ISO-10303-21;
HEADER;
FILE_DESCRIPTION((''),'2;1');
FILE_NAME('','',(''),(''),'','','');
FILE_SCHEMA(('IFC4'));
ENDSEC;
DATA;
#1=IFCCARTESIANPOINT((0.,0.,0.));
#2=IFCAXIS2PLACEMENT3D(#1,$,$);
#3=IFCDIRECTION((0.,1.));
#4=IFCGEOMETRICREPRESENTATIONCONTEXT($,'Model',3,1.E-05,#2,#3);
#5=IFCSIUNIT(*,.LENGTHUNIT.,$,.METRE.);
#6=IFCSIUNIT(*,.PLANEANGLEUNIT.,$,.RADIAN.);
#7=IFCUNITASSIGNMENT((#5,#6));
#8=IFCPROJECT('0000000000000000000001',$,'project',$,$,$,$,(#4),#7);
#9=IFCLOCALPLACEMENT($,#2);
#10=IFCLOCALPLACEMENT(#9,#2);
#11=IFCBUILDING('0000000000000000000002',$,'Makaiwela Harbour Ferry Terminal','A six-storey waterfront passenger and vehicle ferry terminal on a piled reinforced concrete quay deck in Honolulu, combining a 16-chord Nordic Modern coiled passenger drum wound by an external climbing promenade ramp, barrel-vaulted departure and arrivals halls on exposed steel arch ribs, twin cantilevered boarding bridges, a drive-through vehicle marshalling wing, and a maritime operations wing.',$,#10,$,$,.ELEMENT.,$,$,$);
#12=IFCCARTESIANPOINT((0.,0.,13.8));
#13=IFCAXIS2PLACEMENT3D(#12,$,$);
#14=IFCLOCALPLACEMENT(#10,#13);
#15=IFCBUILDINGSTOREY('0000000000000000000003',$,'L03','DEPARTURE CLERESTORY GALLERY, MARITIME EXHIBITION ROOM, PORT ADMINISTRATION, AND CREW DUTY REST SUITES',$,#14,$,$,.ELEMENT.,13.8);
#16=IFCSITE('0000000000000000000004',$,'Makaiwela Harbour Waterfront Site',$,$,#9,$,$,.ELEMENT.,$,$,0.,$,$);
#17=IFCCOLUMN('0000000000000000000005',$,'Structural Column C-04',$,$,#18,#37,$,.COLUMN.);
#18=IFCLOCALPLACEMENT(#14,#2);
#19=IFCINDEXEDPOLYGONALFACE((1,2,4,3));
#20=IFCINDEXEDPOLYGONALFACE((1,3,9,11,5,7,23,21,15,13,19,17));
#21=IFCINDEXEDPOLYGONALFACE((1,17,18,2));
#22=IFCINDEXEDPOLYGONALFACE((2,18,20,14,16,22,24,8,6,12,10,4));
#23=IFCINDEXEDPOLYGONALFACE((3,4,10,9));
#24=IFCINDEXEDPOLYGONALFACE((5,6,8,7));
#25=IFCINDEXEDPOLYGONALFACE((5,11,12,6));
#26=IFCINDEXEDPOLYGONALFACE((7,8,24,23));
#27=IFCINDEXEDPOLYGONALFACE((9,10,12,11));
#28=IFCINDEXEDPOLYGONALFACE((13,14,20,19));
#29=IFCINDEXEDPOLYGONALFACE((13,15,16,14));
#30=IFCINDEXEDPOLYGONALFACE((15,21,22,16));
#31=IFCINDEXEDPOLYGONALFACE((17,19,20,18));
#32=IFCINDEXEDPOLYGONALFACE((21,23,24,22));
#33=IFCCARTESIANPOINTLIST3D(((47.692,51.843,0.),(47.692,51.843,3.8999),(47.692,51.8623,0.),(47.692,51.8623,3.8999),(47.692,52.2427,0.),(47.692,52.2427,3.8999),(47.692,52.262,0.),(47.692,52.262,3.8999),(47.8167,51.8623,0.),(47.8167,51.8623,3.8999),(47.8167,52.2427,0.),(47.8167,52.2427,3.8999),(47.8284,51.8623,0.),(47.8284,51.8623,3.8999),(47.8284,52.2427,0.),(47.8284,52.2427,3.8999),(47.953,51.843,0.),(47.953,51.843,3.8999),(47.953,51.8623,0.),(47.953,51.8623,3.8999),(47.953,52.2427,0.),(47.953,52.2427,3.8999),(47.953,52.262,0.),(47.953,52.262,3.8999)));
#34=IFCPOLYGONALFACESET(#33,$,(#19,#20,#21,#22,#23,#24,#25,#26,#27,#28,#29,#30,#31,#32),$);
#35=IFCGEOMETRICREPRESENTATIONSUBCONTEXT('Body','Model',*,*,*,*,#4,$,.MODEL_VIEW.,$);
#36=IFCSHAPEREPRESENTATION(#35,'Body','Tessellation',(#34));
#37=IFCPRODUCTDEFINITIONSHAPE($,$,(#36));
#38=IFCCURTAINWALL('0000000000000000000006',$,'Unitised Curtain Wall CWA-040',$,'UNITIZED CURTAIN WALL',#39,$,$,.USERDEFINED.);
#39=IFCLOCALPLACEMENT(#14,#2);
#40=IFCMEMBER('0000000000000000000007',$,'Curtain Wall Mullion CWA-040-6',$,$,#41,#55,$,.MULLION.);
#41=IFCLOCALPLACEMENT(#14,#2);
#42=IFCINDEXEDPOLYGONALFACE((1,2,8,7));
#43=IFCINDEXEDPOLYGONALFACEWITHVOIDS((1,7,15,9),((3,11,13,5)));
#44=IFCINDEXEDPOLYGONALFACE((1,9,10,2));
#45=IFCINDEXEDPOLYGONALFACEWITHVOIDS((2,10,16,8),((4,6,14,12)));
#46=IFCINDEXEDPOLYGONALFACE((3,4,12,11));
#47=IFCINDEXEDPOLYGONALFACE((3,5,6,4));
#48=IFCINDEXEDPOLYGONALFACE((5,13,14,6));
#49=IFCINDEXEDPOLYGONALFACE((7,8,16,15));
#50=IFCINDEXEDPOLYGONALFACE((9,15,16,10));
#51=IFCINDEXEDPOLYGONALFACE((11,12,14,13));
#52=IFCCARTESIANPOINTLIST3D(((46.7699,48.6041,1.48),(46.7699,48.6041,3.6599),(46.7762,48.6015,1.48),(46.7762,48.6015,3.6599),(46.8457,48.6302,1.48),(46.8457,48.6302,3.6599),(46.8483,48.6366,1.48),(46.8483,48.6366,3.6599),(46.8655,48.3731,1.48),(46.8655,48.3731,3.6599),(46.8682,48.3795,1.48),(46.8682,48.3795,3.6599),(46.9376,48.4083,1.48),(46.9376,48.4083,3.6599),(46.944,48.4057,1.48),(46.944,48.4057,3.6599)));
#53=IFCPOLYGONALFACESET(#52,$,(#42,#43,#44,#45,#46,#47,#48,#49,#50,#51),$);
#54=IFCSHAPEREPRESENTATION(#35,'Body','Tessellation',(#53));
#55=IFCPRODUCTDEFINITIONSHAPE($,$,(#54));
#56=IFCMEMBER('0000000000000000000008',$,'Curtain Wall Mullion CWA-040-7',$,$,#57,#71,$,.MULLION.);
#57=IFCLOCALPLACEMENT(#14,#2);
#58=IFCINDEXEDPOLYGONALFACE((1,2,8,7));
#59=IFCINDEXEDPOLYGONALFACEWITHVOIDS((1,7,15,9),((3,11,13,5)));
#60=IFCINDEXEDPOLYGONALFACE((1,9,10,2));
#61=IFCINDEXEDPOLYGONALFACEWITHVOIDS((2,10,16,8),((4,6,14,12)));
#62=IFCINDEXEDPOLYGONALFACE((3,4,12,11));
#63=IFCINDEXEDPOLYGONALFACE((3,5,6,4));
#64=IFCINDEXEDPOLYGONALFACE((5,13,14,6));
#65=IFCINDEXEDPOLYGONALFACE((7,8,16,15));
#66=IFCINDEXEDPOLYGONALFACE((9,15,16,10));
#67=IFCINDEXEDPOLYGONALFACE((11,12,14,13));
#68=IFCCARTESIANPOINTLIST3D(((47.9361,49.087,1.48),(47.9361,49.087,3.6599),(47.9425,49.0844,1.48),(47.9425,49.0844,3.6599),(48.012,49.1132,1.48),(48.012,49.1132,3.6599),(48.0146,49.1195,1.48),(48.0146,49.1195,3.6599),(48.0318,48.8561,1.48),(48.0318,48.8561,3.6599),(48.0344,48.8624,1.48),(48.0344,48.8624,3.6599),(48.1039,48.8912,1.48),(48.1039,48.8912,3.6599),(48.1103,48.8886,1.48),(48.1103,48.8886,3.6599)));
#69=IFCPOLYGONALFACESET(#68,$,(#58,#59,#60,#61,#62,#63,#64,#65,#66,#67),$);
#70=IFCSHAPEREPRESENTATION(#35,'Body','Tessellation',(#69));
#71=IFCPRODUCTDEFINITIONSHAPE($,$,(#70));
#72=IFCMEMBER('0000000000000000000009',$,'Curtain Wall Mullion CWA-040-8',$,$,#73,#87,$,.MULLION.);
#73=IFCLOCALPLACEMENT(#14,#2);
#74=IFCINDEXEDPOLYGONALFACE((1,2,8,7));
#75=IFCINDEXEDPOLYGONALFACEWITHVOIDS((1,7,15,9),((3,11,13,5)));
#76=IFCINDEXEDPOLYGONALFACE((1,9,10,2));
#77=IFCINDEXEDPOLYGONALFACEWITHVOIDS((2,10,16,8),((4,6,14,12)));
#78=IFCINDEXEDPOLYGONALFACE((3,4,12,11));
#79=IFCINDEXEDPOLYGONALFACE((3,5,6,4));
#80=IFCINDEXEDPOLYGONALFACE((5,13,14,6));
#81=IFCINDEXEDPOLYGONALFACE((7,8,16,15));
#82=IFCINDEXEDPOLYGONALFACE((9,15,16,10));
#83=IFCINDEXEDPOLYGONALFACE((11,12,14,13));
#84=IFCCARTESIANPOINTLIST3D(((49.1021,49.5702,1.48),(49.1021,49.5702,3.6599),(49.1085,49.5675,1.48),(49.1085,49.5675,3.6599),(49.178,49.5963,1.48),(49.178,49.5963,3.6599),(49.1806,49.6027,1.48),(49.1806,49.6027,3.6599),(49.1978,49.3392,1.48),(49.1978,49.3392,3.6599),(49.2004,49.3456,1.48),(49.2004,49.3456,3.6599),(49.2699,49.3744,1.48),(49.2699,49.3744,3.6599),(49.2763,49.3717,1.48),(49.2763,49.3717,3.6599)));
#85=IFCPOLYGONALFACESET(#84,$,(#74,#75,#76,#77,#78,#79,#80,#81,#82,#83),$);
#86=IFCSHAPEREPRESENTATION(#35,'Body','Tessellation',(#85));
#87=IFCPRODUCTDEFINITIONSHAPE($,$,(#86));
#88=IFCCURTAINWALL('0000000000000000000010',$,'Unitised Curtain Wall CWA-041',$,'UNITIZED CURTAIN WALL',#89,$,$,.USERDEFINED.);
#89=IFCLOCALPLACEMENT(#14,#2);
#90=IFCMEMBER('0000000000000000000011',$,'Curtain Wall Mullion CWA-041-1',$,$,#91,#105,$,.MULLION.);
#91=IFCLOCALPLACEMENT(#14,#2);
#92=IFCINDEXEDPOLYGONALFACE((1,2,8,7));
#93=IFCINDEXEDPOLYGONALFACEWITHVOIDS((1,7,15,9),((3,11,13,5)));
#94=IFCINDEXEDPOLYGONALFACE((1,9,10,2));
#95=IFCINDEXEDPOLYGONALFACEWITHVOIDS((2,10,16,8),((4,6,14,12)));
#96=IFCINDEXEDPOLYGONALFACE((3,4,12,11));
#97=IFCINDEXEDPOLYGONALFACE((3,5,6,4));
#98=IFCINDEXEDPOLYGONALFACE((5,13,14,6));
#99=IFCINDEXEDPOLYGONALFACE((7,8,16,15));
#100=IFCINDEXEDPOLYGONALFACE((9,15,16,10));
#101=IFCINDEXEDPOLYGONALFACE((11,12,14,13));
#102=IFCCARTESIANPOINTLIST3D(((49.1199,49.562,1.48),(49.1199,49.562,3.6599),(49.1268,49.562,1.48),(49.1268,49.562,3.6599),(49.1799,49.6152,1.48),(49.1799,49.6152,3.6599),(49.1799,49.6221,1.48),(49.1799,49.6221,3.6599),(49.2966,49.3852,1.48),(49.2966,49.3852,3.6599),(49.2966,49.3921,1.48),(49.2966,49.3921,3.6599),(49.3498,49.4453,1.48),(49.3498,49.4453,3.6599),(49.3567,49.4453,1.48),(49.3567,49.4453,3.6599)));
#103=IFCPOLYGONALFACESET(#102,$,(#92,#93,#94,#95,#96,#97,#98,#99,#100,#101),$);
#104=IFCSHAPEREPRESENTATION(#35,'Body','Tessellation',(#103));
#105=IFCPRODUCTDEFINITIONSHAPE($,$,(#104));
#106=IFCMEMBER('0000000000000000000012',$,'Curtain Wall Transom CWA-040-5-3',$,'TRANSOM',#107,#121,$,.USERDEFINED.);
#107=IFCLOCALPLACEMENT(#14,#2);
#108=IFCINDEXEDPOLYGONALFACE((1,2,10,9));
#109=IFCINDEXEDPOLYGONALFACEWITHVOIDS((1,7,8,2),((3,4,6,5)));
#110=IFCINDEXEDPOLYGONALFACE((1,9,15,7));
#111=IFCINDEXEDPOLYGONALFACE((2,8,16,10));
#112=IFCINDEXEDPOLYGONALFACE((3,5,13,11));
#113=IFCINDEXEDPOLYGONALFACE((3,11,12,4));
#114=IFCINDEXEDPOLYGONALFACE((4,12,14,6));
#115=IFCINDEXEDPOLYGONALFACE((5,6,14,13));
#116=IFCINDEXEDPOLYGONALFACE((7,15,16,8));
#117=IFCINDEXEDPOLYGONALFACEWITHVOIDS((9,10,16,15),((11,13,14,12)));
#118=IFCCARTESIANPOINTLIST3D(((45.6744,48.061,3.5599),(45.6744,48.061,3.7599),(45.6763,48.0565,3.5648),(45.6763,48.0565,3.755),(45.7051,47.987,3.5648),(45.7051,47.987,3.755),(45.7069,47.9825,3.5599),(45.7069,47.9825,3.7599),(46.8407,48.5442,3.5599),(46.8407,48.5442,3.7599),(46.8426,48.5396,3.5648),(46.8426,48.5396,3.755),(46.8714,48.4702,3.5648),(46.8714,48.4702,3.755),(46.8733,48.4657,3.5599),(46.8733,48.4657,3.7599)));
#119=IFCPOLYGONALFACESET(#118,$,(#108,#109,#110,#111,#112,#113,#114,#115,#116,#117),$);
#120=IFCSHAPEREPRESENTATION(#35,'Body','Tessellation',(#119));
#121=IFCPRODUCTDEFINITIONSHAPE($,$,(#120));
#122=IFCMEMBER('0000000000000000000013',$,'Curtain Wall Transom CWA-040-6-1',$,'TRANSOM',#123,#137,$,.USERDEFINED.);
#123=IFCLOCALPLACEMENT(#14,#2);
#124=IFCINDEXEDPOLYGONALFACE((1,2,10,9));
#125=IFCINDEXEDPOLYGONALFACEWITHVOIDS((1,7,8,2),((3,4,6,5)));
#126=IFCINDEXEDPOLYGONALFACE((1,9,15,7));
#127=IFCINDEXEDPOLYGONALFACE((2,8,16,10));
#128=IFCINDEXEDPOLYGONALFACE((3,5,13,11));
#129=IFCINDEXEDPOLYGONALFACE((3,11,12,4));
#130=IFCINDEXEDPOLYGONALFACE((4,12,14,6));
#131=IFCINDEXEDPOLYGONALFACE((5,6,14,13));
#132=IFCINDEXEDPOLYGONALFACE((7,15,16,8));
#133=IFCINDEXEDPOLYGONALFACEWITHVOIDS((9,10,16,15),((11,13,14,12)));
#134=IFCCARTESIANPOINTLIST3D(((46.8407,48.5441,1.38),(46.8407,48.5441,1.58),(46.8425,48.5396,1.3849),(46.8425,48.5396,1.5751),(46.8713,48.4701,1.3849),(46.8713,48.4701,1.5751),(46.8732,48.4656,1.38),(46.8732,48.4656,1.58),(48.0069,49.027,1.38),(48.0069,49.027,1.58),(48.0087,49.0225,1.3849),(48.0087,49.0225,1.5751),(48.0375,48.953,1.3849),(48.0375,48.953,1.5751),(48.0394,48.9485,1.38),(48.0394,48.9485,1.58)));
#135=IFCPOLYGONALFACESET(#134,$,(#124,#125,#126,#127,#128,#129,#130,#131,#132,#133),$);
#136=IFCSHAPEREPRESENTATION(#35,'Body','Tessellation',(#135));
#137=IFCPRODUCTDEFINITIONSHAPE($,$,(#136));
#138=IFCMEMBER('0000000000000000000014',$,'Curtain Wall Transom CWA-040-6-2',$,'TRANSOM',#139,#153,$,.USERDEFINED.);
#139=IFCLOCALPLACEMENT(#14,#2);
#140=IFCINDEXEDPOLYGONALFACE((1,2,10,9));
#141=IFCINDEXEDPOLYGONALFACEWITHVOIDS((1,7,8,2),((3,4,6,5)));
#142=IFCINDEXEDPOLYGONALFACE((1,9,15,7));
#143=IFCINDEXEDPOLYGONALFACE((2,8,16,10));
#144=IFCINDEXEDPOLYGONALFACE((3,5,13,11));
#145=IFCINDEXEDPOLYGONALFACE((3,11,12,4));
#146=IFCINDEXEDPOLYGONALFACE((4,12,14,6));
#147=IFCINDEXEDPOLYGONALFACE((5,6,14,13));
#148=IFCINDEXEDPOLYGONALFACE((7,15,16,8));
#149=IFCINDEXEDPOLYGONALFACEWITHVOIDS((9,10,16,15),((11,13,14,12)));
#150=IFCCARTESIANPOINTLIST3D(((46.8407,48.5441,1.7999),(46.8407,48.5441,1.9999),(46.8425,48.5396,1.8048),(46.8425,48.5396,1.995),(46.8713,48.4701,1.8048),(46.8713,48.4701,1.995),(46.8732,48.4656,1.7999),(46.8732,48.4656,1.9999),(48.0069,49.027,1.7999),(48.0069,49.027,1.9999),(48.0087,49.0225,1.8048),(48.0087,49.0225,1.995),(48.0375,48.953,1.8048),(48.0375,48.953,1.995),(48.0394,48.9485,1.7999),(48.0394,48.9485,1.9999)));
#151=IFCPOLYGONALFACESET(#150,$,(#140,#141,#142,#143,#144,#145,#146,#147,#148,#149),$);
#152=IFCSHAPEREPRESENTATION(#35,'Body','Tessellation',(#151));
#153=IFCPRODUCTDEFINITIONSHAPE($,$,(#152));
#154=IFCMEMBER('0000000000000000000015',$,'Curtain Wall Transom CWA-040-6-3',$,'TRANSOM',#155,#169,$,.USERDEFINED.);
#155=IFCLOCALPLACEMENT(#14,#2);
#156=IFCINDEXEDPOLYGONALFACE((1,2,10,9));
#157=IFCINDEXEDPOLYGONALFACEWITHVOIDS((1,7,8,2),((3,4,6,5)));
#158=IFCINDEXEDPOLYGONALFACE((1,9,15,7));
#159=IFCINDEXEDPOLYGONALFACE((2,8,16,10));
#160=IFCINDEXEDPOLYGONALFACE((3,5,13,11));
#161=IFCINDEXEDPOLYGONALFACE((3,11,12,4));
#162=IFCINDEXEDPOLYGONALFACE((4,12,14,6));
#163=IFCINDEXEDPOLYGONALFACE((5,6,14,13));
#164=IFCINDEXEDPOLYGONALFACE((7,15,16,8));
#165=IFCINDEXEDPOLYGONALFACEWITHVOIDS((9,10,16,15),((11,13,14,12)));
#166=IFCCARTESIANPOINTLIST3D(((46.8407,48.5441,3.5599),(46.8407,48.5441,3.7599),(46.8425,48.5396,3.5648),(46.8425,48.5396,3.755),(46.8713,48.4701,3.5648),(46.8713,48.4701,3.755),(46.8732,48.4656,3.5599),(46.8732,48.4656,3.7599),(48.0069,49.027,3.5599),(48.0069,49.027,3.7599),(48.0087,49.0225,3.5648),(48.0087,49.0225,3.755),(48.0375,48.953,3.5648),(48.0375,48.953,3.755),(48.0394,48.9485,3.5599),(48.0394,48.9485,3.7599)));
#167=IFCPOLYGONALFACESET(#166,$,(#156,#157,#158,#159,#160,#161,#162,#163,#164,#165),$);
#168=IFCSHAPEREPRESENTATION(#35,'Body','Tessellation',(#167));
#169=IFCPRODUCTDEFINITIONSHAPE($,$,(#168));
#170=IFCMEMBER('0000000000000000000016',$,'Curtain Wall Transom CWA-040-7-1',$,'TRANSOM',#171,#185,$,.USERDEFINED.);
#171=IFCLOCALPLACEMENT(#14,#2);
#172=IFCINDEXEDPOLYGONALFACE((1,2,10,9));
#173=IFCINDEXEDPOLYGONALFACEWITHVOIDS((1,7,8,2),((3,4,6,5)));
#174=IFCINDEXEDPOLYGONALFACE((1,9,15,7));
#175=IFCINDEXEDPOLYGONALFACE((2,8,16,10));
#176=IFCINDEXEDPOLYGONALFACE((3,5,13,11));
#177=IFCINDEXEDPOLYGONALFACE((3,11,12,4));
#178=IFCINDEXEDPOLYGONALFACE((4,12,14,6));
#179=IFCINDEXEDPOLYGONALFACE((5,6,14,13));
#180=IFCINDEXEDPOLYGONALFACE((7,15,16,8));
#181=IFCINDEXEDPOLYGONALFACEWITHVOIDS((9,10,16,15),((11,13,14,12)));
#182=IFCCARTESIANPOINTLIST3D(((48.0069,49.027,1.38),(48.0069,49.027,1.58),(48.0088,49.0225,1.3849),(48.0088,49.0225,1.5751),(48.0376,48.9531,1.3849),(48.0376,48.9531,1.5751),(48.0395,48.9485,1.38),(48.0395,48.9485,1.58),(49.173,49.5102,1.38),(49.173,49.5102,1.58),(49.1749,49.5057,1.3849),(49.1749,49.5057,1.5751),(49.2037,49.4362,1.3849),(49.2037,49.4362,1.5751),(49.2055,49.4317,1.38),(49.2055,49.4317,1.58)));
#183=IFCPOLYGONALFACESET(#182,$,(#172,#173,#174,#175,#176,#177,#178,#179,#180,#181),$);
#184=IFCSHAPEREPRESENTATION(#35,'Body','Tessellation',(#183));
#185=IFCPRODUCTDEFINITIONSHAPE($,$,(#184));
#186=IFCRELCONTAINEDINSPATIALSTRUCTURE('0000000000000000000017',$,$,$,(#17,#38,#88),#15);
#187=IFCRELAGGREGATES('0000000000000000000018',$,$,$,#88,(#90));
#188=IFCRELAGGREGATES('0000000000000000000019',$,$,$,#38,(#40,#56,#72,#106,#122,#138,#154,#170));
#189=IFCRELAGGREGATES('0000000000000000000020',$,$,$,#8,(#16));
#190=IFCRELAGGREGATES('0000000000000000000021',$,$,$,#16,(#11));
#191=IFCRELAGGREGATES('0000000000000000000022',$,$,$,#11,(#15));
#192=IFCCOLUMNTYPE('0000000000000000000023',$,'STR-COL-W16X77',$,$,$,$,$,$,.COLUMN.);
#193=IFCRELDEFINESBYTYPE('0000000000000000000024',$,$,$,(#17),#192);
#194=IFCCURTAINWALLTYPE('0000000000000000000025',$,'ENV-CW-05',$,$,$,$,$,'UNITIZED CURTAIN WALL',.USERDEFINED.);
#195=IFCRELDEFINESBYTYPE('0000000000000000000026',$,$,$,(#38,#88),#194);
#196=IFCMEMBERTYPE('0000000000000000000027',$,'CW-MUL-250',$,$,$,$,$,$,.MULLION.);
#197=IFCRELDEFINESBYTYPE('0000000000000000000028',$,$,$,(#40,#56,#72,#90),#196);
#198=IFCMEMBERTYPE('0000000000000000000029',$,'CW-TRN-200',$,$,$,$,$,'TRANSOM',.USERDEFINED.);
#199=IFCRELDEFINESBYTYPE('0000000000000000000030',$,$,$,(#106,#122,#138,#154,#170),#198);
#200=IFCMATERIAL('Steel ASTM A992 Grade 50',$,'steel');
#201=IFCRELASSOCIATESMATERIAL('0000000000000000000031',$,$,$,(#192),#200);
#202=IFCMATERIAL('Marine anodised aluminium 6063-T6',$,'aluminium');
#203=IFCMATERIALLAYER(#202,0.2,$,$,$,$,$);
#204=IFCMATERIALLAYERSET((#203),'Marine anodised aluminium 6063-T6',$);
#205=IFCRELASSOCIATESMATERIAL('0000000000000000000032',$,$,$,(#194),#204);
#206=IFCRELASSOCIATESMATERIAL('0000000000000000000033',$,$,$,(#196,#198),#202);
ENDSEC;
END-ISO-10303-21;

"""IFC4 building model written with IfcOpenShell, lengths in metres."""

from ifc_helpers import new_model, si_unit, direction, frame, origin, origin_2d, place, context, subcontext, project, spatial, hollow_rectangle, i_section, extrude, material, layer, layer_set, material_profile, profile_set, type_object, element, aggregate, save


model = new_model("IFC4")

# Units and contexts
model_context = context("Model", 3, precision=1e-05, world=origin(), true_north=direction((0.0, 1.0)))
body_context = subcontext(model_context, "Body", "Model", "MODEL_VIEW")
ifc_project = project(units=[si_unit("LENGTHUNIT", "METRE"), si_unit("PLANEANGLEUNIT", "RADIAN")], contexts=[model_context])

# Site, building, storey
site_placement = place(None, origin())
site = spatial("IfcSite", under=ifc_project, at=site_placement, Name="Makaiwela Harbour Waterfront Site", CompositionType="ELEMENT", RefElevation=0.0)
building_placement = place(site_placement, origin())
building = spatial("IfcBuilding", under=site, at=building_placement, Name="Makaiwela Harbour Ferry Terminal", Description="A six-storey waterfront passenger and vehicle ferry terminal on a piled reinforced concrete quay deck in Honolulu, combining a 16-chord Nordic Modern coiled passenger drum wound by an external climbing promenade ramp, barrel-vaulted departure and arrivals halls on exposed steel arch ribs, twin cantilevered boarding bridges, a drive-through vehicle marshalling wing, and a maritime operations wing.", CompositionType="ELEMENT")
storey_placement = place(building_placement, frame((0.0, 0.0, 13.8)))
storey = spatial("IfcBuildingStorey", under=building, at=storey_placement, Name="L03", Description="DEPARTURE CLERESTORY GALLERY, MARITIME EXHIBITION ROOM, PORT ADMINISTRATION, AND CREW DUTY REST SUITES", CompositionType="ELEMENT", Elevation=13.8)

# Column
ifc_material_1 = material(Name="Steel ASTM A992 Grade 50", Category="steel")
ifc_material_profile_1 = material_profile(ifc_material_1, i_section(OverallWidth=0.261, OverallDepth=0.4189, WebThickness=0.0117, FlangeThickness=0.0193, at=origin_2d()), Name="W16X77")
ifc_profile_set_1 = profile_set([ifc_material_profile_1], Name="Steel ASTM A992 Grade 50")
column_type = type_object("IfcColumnType", Name="STR-COL-W16X77", PredefinedType="COLUMN", material=ifc_profile_set_1)
column_placement = place(storey_placement, frame((47.8225, 52.0525, 0.0), z_axis=(0.0, 0.0, 1.0), x_axis=(1.0, 0.0, 0.0)))
element("IfcColumn", 1, at=column_placement, inside=storey, type_object=column_type, Name="Structural Column C-04", PredefinedType="COLUMN", context=body_context, shape_type="SweptSolid", body=[
    extrude(i_section(OverallWidth=0.261, OverallDepth=0.4189, WebThickness=0.0117, FlangeThickness=0.0193, at=origin_2d()), origin(), (0.0, 0.0, 1.0), 3.8999),
])

# Curtain wall, members
ifc_material_2 = material(Name="Marine anodised aluminium 6063-T6", Category="aluminium")
ifc_layer_1 = layer(ifc_material_2, 0.2)
ifc_layer_set_1 = layer_set([ifc_layer_1], Name="Marine anodised aluminium 6063-T6")
curtain_wall_type = type_object("IfcCurtainWallType", Name="ENV-CW-05", ElementType="UNITIZED CURTAIN WALL", PredefinedType="USERDEFINED", material=ifc_layer_set_1)
curtain_wall_1_placement = place(storey_placement, origin())
curtain_wall_1 = element("IfcCurtainWall", 2, at=curtain_wall_1_placement, inside=storey, type_object=curtain_wall_type, Name="Unitised Curtain Wall CWA-040", ObjectType="UNITIZED CURTAIN WALL", PredefinedType="USERDEFINED")
ifc_material_profile_2 = material_profile(ifc_material_2, hollow_rectangle(XDim=0.085, YDim=0.25, WallThickness=0.0049, at=origin_2d()), Name="CWM-250X85")
ifc_profile_set_2 = profile_set([ifc_material_profile_2], Name="Marine anodised aluminium 6063-T6")
member_type_1 = type_object("IfcMemberType", Name="CW-MUL-250", PredefinedType="MULLION", material=ifc_profile_set_2)
member_1_placement = place(storey_placement, frame((46.8569, 48.5049, 1.48), z_axis=(0.0, 0.0, 1.0), x_axis=(0.92388, 0.382683, 0.0)))
member_1 = element("IfcMember", 3, at=member_1_placement, type_object=member_type_1, Name="Curtain Wall Mullion CWA-040-6", PredefinedType="MULLION", context=body_context, shape_type="SweptSolid", body=[
    extrude(hollow_rectangle(XDim=0.085, YDim=0.25, WallThickness=0.0049, at=origin_2d()), origin(), (0.0, 0.0, 1.0), 2.1799),
])
member_2_placement = place(storey_placement, frame((48.0232, 48.9878, 1.48), z_axis=(0.0, 0.0, 1.0), x_axis=(0.92388, 0.382683, 0.0)))
member_2 = element("IfcMember", 4, at=member_2_placement, type_object=member_type_1, Name="Curtain Wall Mullion CWA-040-7", PredefinedType="MULLION", context=body_context, shape_type="SweptSolid", body=[
    extrude(hollow_rectangle(XDim=0.085, YDim=0.25, WallThickness=0.0049, at=origin_2d()), origin(), (0.0, 0.0, 1.0), 2.1799),
])
member_3_placement = place(storey_placement, frame((49.1892, 49.4709, 1.48), z_axis=(0.0, 0.0, 1.0), x_axis=(0.92388, 0.382683, 0.0)))
member_3 = element("IfcMember", 5, at=member_3_placement, type_object=member_type_1, Name="Curtain Wall Mullion CWA-040-8", PredefinedType="MULLION", context=body_context, shape_type="SweptSolid", body=[
    extrude(hollow_rectangle(XDim=0.085, YDim=0.25, WallThickness=0.0049, at=origin_2d()), origin(), (0.0, 0.0, 1.0), 2.1799),
])

# Curtain wall, member
curtain_wall_2_placement = place(storey_placement, origin())
curtain_wall_2 = element("IfcCurtainWall", 6, at=curtain_wall_2_placement, inside=storey, type_object=curtain_wall_type, Name="Unitised Curtain Wall CWA-041", ObjectType="UNITIZED CURTAIN WALL", PredefinedType="USERDEFINED")
member_4_placement = place(storey_placement, frame((49.2383, 49.5037, 1.48), z_axis=(0.0, 0.0, 1.0), x_axis=(0.707107, 0.707107, 0.0)))
member_4 = element("IfcMember", 7, at=member_4_placement, type_object=member_type_1, Name="Curtain Wall Mullion CWA-041-1", PredefinedType="MULLION", context=body_context, shape_type="SweptSolid", body=[
    extrude(hollow_rectangle(XDim=0.085, YDim=0.25, WallThickness=0.0049, at=origin_2d()), origin(), (0.0, 0.0, 1.0), 2.1799),
])

# Members
ifc_material_profile_3 = material_profile(ifc_material_2, hollow_rectangle(XDim=0.085, YDim=0.2, WallThickness=0.0049, at=origin_2d()), Name="CWT-200X85")
ifc_profile_set_3 = profile_set([ifc_material_profile_3], Name="Marine anodised aluminium 6063-T6")
member_type_2 = type_object("IfcMemberType", Name="CW-TRN-200", ElementType="TRANSOM", PredefinedType="USERDEFINED", material=ifc_profile_set_3)
member_5_placement = place(storey_placement, frame((45.6907, 48.0217, 3.6599), z_axis=(0.923859, 0.382733, 0.0), x_axis=(-0.382733, 0.923859, 0.0)))
member_5 = element("IfcMember", 8, at=member_5_placement, type_object=member_type_2, Name="Curtain Wall Transom CWA-040-5-3", ObjectType="TRANSOM", PredefinedType="USERDEFINED", context=body_context, shape_type="SweptSolid", body=[
    extrude(hollow_rectangle(XDim=0.085, YDim=0.2, WallThickness=0.0049, at=origin_2d()), origin(), (0.0, 0.0, 1.0), 1.2625),
])
member_6_placement = place(storey_placement, frame((46.8569, 48.5049, 1.48), z_axis=(0.923927, 0.382568, 0.0), x_axis=(-0.382568, 0.923927, 0.0)))
member_6 = element("IfcMember", 9, at=member_6_placement, type_object=member_type_2, Name="Curtain Wall Transom CWA-040-6-1", ObjectType="TRANSOM", PredefinedType="USERDEFINED", context=body_context, shape_type="SweptSolid", body=[
    extrude(hollow_rectangle(XDim=0.085, YDim=0.2, WallThickness=0.0049, at=origin_2d()), origin(), (0.0, 0.0, 1.0), 1.2622),
])
member_7_placement = place(storey_placement, frame((46.8569, 48.5049, 1.8999), z_axis=(0.923927, 0.382568, 0.0), x_axis=(-0.382568, 0.923927, 0.0)))
member_7 = element("IfcMember", 10, at=member_7_placement, type_object=member_type_2, Name="Curtain Wall Transom CWA-040-6-2", ObjectType="TRANSOM", PredefinedType="USERDEFINED", context=body_context, shape_type="SweptSolid", body=[
    extrude(hollow_rectangle(XDim=0.085, YDim=0.2, WallThickness=0.0049, at=origin_2d()), origin(), (0.0, 0.0, 1.0), 1.2622),
])
member_8_placement = place(storey_placement, frame((46.8569, 48.5049, 3.6599), z_axis=(0.923927, 0.382568, 0.0), x_axis=(-0.382568, 0.923927, 0.0)))
member_8 = element("IfcMember", 11, at=member_8_placement, type_object=member_type_2, Name="Curtain Wall Transom CWA-040-6-3", ObjectType="TRANSOM", PredefinedType="USERDEFINED", context=body_context, shape_type="SweptSolid", body=[
    extrude(hollow_rectangle(XDim=0.085, YDim=0.2, WallThickness=0.0049, at=origin_2d()), origin(), (0.0, 0.0, 1.0), 1.2622),
])
member_9_placement = place(storey_placement, frame((48.0232, 48.9878, 1.48), z_axis=(0.923831, 0.382802, 0.0), x_axis=(-0.382802, 0.923831, 0.0)))
member_9 = element("IfcMember", 12, at=member_9_placement, type_object=member_type_2, Name="Curtain Wall Transom CWA-040-7-1", ObjectType="TRANSOM", PredefinedType="USERDEFINED", context=body_context, shape_type="SweptSolid", body=[
    extrude(hollow_rectangle(XDim=0.085, YDim=0.2, WallThickness=0.0049, at=origin_2d()), origin(), (0.0, 0.0, 1.0), 1.2622),
])
aggregate(curtain_wall_2, [member_4])

aggregate(curtain_wall_1, [member_1, member_2, member_3, member_5, member_6, member_7, member_8, member_9])

save(model, "model.ifc")
